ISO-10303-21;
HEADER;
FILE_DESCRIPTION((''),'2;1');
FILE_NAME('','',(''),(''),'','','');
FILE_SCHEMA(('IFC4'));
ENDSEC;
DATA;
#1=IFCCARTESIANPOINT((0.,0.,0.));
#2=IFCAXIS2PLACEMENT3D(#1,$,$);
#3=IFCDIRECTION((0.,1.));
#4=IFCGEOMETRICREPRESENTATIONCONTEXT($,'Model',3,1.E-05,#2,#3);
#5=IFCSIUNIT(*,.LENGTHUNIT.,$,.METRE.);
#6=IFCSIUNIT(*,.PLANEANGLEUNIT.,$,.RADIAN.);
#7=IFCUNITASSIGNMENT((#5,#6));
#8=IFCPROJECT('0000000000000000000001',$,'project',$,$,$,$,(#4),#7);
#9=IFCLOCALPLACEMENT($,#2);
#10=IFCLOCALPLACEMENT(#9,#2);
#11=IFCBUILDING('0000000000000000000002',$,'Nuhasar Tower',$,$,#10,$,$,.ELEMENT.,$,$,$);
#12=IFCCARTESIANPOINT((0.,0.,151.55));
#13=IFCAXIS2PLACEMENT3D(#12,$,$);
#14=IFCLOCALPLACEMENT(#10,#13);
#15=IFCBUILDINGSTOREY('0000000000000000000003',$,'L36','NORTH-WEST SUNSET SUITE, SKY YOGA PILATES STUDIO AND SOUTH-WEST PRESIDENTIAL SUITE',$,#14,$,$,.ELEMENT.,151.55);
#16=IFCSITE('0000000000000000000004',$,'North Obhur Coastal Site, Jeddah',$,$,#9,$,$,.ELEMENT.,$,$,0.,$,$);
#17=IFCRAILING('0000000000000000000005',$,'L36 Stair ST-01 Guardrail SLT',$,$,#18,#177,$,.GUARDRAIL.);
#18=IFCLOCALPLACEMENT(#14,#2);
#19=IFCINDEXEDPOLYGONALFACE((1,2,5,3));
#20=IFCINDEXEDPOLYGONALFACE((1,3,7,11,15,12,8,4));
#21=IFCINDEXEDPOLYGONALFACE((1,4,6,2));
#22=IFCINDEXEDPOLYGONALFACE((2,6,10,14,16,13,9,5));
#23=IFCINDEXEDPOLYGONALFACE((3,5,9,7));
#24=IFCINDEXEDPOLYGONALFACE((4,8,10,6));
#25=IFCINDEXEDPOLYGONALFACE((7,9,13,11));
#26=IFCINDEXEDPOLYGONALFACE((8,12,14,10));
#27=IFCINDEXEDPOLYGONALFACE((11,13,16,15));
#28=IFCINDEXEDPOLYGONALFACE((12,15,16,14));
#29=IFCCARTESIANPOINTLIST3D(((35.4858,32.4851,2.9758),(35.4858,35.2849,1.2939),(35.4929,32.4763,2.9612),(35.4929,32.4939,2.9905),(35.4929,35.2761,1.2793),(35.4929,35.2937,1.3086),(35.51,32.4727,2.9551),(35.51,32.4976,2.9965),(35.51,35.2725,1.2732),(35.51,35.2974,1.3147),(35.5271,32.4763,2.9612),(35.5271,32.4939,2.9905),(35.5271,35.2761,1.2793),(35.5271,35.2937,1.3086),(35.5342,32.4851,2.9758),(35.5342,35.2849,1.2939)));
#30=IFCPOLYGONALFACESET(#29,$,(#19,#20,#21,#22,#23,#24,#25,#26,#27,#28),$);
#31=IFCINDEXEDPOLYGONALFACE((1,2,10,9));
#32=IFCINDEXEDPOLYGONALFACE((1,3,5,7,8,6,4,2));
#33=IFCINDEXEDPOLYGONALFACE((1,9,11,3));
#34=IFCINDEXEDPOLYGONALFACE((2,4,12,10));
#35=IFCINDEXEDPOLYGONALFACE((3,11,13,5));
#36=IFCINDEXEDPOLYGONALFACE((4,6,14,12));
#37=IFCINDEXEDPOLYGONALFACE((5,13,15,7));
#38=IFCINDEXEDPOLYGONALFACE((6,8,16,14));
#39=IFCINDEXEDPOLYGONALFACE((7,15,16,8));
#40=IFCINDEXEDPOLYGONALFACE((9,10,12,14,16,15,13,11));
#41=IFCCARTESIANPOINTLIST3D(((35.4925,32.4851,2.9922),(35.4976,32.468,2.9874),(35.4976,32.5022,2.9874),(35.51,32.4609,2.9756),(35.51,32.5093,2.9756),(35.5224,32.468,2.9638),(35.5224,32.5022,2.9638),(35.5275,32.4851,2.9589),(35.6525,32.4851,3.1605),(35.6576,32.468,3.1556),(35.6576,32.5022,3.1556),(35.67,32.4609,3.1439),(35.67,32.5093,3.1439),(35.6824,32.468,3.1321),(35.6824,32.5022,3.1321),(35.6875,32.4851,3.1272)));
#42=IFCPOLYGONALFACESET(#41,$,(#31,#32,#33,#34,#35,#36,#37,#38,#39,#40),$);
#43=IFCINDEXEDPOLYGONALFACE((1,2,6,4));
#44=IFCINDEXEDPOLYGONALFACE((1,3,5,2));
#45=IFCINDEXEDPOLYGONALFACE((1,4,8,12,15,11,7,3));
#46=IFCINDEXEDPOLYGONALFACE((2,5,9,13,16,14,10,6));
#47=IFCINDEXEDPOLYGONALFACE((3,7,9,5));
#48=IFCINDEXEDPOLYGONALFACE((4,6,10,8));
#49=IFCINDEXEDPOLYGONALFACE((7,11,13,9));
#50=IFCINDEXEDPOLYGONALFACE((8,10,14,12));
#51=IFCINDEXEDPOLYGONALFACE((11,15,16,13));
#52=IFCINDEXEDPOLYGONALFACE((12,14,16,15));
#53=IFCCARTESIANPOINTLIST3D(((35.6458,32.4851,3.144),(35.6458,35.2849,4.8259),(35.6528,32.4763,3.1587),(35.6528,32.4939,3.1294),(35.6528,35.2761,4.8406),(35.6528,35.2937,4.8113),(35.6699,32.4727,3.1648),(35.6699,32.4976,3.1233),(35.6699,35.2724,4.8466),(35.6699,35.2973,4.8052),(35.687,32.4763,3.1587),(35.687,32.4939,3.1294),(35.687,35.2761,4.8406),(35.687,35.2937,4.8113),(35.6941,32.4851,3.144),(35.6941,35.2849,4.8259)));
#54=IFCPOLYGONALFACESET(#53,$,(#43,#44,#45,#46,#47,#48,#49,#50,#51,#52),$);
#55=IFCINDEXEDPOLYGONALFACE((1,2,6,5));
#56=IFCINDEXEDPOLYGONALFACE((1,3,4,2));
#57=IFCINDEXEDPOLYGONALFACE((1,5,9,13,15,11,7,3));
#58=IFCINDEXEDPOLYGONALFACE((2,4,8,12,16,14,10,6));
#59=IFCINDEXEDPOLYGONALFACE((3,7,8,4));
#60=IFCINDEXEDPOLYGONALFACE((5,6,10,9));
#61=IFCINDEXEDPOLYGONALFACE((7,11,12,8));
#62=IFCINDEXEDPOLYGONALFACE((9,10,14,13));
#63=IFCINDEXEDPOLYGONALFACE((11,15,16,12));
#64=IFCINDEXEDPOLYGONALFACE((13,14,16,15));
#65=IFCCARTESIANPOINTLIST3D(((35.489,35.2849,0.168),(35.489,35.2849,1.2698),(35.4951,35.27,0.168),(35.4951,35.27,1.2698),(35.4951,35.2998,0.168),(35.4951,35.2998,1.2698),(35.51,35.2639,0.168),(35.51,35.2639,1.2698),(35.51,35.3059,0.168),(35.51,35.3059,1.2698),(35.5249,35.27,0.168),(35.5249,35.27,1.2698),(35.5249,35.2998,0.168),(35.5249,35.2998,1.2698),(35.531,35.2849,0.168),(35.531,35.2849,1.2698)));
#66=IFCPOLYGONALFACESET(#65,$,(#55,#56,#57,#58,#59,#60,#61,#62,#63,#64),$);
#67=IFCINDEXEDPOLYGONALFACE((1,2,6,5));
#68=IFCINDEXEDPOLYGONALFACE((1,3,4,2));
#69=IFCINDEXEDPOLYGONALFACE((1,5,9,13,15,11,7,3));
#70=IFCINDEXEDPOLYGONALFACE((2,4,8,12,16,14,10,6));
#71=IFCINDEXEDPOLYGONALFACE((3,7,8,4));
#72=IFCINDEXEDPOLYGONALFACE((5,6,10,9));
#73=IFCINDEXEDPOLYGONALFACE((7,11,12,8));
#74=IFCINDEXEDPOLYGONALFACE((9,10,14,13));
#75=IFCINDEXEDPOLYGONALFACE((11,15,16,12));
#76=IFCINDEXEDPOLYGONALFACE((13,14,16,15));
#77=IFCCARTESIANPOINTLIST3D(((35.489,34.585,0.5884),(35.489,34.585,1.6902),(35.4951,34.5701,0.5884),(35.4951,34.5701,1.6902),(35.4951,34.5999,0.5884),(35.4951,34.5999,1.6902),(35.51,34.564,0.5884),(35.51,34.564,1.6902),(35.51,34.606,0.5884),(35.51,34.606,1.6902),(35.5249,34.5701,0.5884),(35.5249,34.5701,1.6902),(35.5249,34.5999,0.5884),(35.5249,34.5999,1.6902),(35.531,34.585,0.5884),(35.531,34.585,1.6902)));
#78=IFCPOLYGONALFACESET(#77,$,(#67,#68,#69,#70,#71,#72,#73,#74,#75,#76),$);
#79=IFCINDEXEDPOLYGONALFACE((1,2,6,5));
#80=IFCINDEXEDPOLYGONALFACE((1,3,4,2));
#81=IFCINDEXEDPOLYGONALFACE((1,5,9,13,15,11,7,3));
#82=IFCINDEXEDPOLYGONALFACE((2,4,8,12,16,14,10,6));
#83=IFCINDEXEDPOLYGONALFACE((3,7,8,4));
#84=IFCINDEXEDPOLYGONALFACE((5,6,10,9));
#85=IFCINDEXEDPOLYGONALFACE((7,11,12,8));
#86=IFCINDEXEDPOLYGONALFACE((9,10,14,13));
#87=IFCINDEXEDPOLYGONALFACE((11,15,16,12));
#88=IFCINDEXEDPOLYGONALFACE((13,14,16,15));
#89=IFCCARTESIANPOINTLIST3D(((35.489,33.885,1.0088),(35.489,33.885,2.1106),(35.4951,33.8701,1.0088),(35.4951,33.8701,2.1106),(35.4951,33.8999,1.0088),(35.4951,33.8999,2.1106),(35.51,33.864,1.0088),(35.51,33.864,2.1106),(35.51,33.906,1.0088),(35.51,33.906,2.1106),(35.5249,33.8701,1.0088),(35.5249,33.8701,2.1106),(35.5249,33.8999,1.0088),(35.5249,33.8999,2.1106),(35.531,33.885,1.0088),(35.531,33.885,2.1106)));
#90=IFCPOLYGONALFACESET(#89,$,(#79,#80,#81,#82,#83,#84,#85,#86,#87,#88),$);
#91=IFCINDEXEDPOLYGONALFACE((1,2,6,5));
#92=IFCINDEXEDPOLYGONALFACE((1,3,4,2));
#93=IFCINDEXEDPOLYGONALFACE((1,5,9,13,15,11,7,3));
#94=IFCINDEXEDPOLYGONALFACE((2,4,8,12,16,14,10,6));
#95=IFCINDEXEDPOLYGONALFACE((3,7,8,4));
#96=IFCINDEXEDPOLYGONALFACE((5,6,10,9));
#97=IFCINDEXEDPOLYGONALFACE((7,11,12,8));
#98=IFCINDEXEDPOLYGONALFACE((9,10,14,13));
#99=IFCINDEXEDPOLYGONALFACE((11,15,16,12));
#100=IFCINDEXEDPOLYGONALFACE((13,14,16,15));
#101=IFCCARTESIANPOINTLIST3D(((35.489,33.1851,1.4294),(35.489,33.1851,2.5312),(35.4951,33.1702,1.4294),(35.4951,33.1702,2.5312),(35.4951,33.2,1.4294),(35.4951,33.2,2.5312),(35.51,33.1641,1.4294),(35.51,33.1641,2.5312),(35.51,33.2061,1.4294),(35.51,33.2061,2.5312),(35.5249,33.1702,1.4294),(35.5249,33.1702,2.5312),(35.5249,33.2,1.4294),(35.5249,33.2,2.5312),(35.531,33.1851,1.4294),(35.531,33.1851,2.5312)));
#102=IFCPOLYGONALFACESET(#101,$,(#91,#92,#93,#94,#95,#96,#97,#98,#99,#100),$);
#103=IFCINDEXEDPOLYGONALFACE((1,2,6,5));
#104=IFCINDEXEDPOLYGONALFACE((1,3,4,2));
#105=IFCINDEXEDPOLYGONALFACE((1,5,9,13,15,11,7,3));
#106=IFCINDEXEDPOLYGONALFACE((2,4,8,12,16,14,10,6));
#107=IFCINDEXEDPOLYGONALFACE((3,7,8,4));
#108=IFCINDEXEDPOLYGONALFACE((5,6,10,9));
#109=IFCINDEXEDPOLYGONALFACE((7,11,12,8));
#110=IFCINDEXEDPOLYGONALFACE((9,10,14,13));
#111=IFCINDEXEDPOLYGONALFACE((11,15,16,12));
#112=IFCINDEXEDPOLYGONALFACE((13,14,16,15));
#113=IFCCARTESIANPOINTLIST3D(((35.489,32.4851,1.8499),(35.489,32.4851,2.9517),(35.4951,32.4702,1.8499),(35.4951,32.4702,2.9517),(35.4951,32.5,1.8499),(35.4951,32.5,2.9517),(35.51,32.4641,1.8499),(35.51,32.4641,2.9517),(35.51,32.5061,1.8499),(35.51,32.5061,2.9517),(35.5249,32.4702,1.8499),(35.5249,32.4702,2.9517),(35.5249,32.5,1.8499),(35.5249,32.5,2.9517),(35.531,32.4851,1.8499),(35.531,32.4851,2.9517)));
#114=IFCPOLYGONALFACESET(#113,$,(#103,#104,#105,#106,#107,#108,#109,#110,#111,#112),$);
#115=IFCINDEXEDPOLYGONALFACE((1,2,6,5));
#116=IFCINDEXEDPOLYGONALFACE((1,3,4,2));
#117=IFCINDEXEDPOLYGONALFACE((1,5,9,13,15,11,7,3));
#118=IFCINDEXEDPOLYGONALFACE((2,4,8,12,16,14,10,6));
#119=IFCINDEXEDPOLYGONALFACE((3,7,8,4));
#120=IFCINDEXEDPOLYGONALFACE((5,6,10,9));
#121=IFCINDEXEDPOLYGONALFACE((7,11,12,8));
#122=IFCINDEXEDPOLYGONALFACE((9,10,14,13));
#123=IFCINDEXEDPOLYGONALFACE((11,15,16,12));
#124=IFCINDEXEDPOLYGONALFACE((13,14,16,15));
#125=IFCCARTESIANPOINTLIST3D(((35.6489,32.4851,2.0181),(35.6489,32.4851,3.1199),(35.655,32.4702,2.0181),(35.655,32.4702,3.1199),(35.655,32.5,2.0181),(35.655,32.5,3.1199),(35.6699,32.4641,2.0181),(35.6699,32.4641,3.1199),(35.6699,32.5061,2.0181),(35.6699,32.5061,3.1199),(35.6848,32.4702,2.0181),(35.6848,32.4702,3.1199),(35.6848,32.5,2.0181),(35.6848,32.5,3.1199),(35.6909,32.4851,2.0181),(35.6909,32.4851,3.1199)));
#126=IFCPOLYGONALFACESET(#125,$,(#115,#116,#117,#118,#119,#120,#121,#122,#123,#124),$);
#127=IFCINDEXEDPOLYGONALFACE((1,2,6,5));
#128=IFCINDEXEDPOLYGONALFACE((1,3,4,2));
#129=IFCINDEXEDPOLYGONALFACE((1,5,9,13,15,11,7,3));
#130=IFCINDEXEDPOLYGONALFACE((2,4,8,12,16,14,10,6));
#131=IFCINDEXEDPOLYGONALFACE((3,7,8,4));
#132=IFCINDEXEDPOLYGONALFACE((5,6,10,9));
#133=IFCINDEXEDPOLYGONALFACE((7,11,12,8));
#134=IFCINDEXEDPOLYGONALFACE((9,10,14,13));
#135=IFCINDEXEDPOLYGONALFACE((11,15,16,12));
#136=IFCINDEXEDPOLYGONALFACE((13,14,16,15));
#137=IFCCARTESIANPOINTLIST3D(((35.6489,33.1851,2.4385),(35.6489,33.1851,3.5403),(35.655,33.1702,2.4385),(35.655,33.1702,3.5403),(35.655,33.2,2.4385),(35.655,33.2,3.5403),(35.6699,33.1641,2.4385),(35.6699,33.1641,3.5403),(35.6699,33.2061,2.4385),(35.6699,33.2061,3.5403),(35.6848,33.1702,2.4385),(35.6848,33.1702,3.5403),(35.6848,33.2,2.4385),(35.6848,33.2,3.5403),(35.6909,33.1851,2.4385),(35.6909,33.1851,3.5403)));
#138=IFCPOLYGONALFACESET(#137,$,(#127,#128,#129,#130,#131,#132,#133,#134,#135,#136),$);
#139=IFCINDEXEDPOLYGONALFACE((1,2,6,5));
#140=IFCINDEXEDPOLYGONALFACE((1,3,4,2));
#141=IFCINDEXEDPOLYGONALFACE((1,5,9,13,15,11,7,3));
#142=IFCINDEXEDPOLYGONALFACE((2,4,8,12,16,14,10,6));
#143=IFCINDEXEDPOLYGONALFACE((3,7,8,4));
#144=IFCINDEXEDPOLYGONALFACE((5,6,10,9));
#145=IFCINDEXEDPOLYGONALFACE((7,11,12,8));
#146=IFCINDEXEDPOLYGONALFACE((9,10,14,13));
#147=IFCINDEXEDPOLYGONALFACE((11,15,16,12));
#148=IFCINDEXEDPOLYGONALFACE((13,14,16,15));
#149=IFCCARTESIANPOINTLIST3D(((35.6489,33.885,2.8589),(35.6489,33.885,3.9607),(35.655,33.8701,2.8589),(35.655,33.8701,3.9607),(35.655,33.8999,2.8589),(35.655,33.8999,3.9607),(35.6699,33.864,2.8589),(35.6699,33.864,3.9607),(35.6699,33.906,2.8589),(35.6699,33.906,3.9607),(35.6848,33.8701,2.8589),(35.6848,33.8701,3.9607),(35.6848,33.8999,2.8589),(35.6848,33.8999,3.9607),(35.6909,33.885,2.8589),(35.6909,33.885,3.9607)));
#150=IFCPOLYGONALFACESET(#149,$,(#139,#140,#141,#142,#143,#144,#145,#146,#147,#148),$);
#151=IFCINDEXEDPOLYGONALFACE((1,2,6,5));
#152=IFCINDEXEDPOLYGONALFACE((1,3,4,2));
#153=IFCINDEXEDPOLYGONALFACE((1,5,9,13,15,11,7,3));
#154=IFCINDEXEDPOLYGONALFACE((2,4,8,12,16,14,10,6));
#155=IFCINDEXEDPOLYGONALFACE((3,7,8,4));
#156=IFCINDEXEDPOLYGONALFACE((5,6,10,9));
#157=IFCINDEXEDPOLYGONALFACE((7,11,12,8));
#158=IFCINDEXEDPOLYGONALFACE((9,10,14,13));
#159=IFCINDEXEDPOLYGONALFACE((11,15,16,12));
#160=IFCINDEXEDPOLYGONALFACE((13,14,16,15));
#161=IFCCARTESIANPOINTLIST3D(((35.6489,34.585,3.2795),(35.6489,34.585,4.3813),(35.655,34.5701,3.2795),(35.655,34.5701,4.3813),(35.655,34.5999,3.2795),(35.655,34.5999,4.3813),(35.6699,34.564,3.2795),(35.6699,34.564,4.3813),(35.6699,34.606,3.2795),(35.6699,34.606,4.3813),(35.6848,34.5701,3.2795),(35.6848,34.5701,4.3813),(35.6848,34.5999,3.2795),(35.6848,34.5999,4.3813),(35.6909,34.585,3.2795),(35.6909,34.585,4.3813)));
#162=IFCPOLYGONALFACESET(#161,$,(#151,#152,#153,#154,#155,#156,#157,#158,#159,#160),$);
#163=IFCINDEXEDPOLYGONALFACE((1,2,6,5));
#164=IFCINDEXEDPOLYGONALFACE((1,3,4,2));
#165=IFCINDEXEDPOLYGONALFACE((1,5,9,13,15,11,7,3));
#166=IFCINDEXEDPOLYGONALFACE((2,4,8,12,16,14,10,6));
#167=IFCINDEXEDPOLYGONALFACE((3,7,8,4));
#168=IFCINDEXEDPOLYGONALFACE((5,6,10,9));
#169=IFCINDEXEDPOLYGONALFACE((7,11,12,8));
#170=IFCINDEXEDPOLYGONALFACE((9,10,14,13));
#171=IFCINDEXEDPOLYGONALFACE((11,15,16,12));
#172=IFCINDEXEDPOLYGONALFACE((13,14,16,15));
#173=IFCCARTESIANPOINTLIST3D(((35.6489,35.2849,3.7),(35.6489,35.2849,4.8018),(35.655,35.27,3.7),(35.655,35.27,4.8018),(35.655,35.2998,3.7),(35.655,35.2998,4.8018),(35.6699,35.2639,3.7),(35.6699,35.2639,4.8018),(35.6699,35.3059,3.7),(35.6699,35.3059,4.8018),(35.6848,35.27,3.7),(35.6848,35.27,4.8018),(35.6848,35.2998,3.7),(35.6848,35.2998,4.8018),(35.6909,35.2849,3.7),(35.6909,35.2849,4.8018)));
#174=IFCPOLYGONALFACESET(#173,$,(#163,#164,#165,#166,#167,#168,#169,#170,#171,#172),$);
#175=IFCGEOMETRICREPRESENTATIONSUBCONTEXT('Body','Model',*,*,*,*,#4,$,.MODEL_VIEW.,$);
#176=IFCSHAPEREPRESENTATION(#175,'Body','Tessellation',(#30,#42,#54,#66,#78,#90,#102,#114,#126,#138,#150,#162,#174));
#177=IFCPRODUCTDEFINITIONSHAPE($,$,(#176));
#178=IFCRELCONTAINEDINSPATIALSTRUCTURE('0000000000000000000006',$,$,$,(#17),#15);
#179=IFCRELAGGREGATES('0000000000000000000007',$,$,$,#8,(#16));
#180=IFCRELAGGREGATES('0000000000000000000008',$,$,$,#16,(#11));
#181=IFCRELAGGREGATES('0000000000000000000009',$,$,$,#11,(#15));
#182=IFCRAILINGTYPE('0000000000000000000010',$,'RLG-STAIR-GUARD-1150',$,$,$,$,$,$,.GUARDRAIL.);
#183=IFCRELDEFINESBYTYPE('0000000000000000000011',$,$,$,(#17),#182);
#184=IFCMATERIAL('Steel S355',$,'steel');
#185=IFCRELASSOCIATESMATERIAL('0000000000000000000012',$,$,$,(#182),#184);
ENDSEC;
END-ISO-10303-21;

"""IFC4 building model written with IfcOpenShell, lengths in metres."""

from ifc_helpers import new_model, si_unit, direction, frame, origin, place, context, subcontext, project, spatial, polyline, outline, extrude, material, type_object, element, save


model = new_model("IFC4")

# Units and contexts
model_context = context("Model", 3, precision=1e-05, world=origin(), true_north=direction((0.0, 1.0)))
body_context = subcontext(model_context, "Body", "Model", "MODEL_VIEW")
ifc_project = project(units=[si_unit("LENGTHUNIT", "METRE"), si_unit("PLANEANGLEUNIT", "RADIAN")], contexts=[model_context])

# Site, building, storey
site_placement = place(None, origin())
site = spatial("IfcSite", under=ifc_project, at=site_placement, Name="North Obhur Coastal Site, Jeddah", CompositionType="ELEMENT", RefElevation=0.0)
building_placement = place(site_placement, origin())
building = spatial("IfcBuilding", under=site, at=building_placement, Name="Nuhasar Tower", CompositionType="ELEMENT")
storey_placement = place(building_placement, frame((0.0, 0.0, 151.55)))
storey = spatial("IfcBuildingStorey", under=building, at=storey_placement, Name="L36", Description="NORTH-WEST SUNSET SUITE, SKY YOGA PILATES STUDIO AND SOUTH-WEST PRESIDENTIAL SUITE", CompositionType="ELEMENT", Elevation=151.55)

# Shared definitions
ifc_material_1 = material(Name="Steel S355", Category="steel")

# Railing
railing_type_1 = type_object("IfcRailingType", Name="RLG-STAIR-GUARD-1150", PredefinedType="GUARDRAIL", material=ifc_material_1)
railing_1_placement = place(storey_placement, frame((35.51, 35.2849, 0.168)))
element("IfcRailing", 1, at=railing_1_placement, inside=storey, type_object=railing_type_1, Name="L36 Stair ST-01 Guardrail SLT", PredefinedType="GUARDRAIL", context=body_context, shape_type="SweptSolid", body=[
    extrude(outline(polyline([(0.0242, 0.0), (0.0171, 0.0171), (0.0, 0.0242), (-0.0171, 0.0171), (-0.0242, 0.0), (-0.0171, -0.0171), (0.0, -0.0242), (0.0171, -0.0171), (0.0242, 0.0)])), frame((0.0, 0.0, 1.126), z_axis=(0.0, -0.857222, 0.514946), x_axis=(1.0, 0.0, 0.0)), (0.0, 0.0, 1.0), 3.2661),
    extrude(outline(polyline([(0.0242, 0.0), (0.0171, 0.0171), (0.0, 0.0242), (-0.0171, 0.0171), (-0.0242, 0.0), (-0.0171, -0.0171), (0.0, -0.0242), (0.0171, -0.0171), (0.0242, 0.0)])), frame((0.0, -2.7998, 2.8076), z_axis=(0.688998, 0.0, 0.724763), x_axis=(0.0, 1.0, 0.0)), (0.0, 0.0, 1.0), 0.2322),
    extrude(outline(polyline([(0.0242, 0.0), (0.0171, 0.0171), (0.0, 0.0242), (-0.0171, 0.0171), (-0.0242, 0.0), (-0.0171, -0.0171), (0.0, -0.0242), (0.0171, -0.0171), (0.0242, 0.0)])), frame((0.1599, -2.7998, 2.9761), z_axis=(0.0, 0.857222, 0.514946), x_axis=(-1.0, 0.0, 0.0)), (0.0, 0.0, 1.0), 3.2661),
    extrude(outline(polyline([(0.021, 0.0), (0.0149, 0.0149), (0.0, 0.021), (-0.0149, 0.0149), (-0.021, 0.0), (-0.0149, -0.0149), (0.0, -0.021), (0.0149, -0.0149), (0.021, 0.0)])), origin(), (0.0, 0.0, 1.0), 1.1018),
    extrude(outline(polyline([(0.021, 0.0), (0.0149, 0.0149), (0.0, 0.021), (-0.0149, 0.0149), (-0.021, 0.0), (-0.0149, -0.0149), (0.0, -0.021), (0.0149, -0.0149), (0.021, 0.0)])), frame((0.0, -0.7, 0.4204)), (0.0, 0.0, 1.0), 1.1018),
    extrude(outline(polyline([(0.021, 0.0), (0.0149, 0.0149), (0.0, 0.021), (-0.0149, 0.0149), (-0.021, 0.0), (-0.0149, -0.0149), (0.0, -0.021), (0.0149, -0.0149), (0.021, 0.0)])), frame((0.0, -1.3999, 0.8408)), (0.0, 0.0, 1.0), 1.1018),
    extrude(outline(polyline([(0.021, 0.0), (0.0149, 0.0149), (0.0, 0.021), (-0.0149, 0.0149), (-0.021, 0.0), (-0.0149, -0.0149), (0.0, -0.021), (0.0149, -0.0149), (0.021, 0.0)])), frame((0.0, -2.0999, 1.2615)), (0.0, 0.0, 1.0), 1.1018),
    extrude(outline(polyline([(0.021, 0.0), (0.0149, 0.0149), (0.0, 0.021), (-0.0149, 0.0149), (-0.021, 0.0), (-0.0149, -0.0149), (0.0, -0.021), (0.0149, -0.0149), (0.021, 0.0)])), frame((0.0, -2.7998, 1.6819)), (0.0, 0.0, 1.0), 1.1018),
    extrude(outline(polyline([(0.021, 0.0), (0.0149, 0.0149), (0.0, 0.021), (-0.0149, 0.0149), (-0.021, 0.0), (-0.0149, -0.0149), (0.0, -0.021), (0.0149, -0.0149), (0.021, 0.0)])), frame((0.1599, -2.7998, 1.8501)), (0.0, 0.0, 1.0), 1.1018),
    extrude(outline(polyline([(0.021, 0.0), (0.0149, 0.0149), (0.0, 0.021), (-0.0149, 0.0149), (-0.021, 0.0), (-0.0149, -0.0149), (0.0, -0.021), (0.0149, -0.0149), (0.021, 0.0)])), frame((0.1599, -2.0999, 2.2705)), (0.0, 0.0, 1.0), 1.1018),
    extrude(outline(polyline([(0.021, 0.0), (0.0149, 0.0149), (0.0, 0.021), (-0.0149, 0.0149), (-0.021, 0.0), (-0.0149, -0.0149), (0.0, -0.021), (0.0149, -0.0149), (0.021, 0.0)])), frame((0.1599, -1.3999, 2.6909)), (0.0, 0.0, 1.0), 1.1018),
    extrude(outline(polyline([(0.021, 0.0), (0.0149, 0.0149), (0.0, 0.021), (-0.0149, 0.0149), (-0.021, 0.0), (-0.0149, -0.0149), (0.0, -0.021), (0.0149, -0.0149), (0.021, 0.0)])), frame((0.1599, -0.7, 3.1116)), (0.0, 0.0, 1.0), 1.1018),
    extrude(outline(polyline([(0.021, 0.0), (0.0149, 0.0149), (0.0, 0.021), (-0.0149, 0.0149), (-0.021, 0.0), (-0.0149, -0.0149), (0.0, -0.021), (0.0149, -0.0149), (0.021, 0.0)])), frame((0.1599, 0.0, 3.532)), (0.0, 0.0, 1.0), 1.1018),
])

save(model, "model.ifc")
